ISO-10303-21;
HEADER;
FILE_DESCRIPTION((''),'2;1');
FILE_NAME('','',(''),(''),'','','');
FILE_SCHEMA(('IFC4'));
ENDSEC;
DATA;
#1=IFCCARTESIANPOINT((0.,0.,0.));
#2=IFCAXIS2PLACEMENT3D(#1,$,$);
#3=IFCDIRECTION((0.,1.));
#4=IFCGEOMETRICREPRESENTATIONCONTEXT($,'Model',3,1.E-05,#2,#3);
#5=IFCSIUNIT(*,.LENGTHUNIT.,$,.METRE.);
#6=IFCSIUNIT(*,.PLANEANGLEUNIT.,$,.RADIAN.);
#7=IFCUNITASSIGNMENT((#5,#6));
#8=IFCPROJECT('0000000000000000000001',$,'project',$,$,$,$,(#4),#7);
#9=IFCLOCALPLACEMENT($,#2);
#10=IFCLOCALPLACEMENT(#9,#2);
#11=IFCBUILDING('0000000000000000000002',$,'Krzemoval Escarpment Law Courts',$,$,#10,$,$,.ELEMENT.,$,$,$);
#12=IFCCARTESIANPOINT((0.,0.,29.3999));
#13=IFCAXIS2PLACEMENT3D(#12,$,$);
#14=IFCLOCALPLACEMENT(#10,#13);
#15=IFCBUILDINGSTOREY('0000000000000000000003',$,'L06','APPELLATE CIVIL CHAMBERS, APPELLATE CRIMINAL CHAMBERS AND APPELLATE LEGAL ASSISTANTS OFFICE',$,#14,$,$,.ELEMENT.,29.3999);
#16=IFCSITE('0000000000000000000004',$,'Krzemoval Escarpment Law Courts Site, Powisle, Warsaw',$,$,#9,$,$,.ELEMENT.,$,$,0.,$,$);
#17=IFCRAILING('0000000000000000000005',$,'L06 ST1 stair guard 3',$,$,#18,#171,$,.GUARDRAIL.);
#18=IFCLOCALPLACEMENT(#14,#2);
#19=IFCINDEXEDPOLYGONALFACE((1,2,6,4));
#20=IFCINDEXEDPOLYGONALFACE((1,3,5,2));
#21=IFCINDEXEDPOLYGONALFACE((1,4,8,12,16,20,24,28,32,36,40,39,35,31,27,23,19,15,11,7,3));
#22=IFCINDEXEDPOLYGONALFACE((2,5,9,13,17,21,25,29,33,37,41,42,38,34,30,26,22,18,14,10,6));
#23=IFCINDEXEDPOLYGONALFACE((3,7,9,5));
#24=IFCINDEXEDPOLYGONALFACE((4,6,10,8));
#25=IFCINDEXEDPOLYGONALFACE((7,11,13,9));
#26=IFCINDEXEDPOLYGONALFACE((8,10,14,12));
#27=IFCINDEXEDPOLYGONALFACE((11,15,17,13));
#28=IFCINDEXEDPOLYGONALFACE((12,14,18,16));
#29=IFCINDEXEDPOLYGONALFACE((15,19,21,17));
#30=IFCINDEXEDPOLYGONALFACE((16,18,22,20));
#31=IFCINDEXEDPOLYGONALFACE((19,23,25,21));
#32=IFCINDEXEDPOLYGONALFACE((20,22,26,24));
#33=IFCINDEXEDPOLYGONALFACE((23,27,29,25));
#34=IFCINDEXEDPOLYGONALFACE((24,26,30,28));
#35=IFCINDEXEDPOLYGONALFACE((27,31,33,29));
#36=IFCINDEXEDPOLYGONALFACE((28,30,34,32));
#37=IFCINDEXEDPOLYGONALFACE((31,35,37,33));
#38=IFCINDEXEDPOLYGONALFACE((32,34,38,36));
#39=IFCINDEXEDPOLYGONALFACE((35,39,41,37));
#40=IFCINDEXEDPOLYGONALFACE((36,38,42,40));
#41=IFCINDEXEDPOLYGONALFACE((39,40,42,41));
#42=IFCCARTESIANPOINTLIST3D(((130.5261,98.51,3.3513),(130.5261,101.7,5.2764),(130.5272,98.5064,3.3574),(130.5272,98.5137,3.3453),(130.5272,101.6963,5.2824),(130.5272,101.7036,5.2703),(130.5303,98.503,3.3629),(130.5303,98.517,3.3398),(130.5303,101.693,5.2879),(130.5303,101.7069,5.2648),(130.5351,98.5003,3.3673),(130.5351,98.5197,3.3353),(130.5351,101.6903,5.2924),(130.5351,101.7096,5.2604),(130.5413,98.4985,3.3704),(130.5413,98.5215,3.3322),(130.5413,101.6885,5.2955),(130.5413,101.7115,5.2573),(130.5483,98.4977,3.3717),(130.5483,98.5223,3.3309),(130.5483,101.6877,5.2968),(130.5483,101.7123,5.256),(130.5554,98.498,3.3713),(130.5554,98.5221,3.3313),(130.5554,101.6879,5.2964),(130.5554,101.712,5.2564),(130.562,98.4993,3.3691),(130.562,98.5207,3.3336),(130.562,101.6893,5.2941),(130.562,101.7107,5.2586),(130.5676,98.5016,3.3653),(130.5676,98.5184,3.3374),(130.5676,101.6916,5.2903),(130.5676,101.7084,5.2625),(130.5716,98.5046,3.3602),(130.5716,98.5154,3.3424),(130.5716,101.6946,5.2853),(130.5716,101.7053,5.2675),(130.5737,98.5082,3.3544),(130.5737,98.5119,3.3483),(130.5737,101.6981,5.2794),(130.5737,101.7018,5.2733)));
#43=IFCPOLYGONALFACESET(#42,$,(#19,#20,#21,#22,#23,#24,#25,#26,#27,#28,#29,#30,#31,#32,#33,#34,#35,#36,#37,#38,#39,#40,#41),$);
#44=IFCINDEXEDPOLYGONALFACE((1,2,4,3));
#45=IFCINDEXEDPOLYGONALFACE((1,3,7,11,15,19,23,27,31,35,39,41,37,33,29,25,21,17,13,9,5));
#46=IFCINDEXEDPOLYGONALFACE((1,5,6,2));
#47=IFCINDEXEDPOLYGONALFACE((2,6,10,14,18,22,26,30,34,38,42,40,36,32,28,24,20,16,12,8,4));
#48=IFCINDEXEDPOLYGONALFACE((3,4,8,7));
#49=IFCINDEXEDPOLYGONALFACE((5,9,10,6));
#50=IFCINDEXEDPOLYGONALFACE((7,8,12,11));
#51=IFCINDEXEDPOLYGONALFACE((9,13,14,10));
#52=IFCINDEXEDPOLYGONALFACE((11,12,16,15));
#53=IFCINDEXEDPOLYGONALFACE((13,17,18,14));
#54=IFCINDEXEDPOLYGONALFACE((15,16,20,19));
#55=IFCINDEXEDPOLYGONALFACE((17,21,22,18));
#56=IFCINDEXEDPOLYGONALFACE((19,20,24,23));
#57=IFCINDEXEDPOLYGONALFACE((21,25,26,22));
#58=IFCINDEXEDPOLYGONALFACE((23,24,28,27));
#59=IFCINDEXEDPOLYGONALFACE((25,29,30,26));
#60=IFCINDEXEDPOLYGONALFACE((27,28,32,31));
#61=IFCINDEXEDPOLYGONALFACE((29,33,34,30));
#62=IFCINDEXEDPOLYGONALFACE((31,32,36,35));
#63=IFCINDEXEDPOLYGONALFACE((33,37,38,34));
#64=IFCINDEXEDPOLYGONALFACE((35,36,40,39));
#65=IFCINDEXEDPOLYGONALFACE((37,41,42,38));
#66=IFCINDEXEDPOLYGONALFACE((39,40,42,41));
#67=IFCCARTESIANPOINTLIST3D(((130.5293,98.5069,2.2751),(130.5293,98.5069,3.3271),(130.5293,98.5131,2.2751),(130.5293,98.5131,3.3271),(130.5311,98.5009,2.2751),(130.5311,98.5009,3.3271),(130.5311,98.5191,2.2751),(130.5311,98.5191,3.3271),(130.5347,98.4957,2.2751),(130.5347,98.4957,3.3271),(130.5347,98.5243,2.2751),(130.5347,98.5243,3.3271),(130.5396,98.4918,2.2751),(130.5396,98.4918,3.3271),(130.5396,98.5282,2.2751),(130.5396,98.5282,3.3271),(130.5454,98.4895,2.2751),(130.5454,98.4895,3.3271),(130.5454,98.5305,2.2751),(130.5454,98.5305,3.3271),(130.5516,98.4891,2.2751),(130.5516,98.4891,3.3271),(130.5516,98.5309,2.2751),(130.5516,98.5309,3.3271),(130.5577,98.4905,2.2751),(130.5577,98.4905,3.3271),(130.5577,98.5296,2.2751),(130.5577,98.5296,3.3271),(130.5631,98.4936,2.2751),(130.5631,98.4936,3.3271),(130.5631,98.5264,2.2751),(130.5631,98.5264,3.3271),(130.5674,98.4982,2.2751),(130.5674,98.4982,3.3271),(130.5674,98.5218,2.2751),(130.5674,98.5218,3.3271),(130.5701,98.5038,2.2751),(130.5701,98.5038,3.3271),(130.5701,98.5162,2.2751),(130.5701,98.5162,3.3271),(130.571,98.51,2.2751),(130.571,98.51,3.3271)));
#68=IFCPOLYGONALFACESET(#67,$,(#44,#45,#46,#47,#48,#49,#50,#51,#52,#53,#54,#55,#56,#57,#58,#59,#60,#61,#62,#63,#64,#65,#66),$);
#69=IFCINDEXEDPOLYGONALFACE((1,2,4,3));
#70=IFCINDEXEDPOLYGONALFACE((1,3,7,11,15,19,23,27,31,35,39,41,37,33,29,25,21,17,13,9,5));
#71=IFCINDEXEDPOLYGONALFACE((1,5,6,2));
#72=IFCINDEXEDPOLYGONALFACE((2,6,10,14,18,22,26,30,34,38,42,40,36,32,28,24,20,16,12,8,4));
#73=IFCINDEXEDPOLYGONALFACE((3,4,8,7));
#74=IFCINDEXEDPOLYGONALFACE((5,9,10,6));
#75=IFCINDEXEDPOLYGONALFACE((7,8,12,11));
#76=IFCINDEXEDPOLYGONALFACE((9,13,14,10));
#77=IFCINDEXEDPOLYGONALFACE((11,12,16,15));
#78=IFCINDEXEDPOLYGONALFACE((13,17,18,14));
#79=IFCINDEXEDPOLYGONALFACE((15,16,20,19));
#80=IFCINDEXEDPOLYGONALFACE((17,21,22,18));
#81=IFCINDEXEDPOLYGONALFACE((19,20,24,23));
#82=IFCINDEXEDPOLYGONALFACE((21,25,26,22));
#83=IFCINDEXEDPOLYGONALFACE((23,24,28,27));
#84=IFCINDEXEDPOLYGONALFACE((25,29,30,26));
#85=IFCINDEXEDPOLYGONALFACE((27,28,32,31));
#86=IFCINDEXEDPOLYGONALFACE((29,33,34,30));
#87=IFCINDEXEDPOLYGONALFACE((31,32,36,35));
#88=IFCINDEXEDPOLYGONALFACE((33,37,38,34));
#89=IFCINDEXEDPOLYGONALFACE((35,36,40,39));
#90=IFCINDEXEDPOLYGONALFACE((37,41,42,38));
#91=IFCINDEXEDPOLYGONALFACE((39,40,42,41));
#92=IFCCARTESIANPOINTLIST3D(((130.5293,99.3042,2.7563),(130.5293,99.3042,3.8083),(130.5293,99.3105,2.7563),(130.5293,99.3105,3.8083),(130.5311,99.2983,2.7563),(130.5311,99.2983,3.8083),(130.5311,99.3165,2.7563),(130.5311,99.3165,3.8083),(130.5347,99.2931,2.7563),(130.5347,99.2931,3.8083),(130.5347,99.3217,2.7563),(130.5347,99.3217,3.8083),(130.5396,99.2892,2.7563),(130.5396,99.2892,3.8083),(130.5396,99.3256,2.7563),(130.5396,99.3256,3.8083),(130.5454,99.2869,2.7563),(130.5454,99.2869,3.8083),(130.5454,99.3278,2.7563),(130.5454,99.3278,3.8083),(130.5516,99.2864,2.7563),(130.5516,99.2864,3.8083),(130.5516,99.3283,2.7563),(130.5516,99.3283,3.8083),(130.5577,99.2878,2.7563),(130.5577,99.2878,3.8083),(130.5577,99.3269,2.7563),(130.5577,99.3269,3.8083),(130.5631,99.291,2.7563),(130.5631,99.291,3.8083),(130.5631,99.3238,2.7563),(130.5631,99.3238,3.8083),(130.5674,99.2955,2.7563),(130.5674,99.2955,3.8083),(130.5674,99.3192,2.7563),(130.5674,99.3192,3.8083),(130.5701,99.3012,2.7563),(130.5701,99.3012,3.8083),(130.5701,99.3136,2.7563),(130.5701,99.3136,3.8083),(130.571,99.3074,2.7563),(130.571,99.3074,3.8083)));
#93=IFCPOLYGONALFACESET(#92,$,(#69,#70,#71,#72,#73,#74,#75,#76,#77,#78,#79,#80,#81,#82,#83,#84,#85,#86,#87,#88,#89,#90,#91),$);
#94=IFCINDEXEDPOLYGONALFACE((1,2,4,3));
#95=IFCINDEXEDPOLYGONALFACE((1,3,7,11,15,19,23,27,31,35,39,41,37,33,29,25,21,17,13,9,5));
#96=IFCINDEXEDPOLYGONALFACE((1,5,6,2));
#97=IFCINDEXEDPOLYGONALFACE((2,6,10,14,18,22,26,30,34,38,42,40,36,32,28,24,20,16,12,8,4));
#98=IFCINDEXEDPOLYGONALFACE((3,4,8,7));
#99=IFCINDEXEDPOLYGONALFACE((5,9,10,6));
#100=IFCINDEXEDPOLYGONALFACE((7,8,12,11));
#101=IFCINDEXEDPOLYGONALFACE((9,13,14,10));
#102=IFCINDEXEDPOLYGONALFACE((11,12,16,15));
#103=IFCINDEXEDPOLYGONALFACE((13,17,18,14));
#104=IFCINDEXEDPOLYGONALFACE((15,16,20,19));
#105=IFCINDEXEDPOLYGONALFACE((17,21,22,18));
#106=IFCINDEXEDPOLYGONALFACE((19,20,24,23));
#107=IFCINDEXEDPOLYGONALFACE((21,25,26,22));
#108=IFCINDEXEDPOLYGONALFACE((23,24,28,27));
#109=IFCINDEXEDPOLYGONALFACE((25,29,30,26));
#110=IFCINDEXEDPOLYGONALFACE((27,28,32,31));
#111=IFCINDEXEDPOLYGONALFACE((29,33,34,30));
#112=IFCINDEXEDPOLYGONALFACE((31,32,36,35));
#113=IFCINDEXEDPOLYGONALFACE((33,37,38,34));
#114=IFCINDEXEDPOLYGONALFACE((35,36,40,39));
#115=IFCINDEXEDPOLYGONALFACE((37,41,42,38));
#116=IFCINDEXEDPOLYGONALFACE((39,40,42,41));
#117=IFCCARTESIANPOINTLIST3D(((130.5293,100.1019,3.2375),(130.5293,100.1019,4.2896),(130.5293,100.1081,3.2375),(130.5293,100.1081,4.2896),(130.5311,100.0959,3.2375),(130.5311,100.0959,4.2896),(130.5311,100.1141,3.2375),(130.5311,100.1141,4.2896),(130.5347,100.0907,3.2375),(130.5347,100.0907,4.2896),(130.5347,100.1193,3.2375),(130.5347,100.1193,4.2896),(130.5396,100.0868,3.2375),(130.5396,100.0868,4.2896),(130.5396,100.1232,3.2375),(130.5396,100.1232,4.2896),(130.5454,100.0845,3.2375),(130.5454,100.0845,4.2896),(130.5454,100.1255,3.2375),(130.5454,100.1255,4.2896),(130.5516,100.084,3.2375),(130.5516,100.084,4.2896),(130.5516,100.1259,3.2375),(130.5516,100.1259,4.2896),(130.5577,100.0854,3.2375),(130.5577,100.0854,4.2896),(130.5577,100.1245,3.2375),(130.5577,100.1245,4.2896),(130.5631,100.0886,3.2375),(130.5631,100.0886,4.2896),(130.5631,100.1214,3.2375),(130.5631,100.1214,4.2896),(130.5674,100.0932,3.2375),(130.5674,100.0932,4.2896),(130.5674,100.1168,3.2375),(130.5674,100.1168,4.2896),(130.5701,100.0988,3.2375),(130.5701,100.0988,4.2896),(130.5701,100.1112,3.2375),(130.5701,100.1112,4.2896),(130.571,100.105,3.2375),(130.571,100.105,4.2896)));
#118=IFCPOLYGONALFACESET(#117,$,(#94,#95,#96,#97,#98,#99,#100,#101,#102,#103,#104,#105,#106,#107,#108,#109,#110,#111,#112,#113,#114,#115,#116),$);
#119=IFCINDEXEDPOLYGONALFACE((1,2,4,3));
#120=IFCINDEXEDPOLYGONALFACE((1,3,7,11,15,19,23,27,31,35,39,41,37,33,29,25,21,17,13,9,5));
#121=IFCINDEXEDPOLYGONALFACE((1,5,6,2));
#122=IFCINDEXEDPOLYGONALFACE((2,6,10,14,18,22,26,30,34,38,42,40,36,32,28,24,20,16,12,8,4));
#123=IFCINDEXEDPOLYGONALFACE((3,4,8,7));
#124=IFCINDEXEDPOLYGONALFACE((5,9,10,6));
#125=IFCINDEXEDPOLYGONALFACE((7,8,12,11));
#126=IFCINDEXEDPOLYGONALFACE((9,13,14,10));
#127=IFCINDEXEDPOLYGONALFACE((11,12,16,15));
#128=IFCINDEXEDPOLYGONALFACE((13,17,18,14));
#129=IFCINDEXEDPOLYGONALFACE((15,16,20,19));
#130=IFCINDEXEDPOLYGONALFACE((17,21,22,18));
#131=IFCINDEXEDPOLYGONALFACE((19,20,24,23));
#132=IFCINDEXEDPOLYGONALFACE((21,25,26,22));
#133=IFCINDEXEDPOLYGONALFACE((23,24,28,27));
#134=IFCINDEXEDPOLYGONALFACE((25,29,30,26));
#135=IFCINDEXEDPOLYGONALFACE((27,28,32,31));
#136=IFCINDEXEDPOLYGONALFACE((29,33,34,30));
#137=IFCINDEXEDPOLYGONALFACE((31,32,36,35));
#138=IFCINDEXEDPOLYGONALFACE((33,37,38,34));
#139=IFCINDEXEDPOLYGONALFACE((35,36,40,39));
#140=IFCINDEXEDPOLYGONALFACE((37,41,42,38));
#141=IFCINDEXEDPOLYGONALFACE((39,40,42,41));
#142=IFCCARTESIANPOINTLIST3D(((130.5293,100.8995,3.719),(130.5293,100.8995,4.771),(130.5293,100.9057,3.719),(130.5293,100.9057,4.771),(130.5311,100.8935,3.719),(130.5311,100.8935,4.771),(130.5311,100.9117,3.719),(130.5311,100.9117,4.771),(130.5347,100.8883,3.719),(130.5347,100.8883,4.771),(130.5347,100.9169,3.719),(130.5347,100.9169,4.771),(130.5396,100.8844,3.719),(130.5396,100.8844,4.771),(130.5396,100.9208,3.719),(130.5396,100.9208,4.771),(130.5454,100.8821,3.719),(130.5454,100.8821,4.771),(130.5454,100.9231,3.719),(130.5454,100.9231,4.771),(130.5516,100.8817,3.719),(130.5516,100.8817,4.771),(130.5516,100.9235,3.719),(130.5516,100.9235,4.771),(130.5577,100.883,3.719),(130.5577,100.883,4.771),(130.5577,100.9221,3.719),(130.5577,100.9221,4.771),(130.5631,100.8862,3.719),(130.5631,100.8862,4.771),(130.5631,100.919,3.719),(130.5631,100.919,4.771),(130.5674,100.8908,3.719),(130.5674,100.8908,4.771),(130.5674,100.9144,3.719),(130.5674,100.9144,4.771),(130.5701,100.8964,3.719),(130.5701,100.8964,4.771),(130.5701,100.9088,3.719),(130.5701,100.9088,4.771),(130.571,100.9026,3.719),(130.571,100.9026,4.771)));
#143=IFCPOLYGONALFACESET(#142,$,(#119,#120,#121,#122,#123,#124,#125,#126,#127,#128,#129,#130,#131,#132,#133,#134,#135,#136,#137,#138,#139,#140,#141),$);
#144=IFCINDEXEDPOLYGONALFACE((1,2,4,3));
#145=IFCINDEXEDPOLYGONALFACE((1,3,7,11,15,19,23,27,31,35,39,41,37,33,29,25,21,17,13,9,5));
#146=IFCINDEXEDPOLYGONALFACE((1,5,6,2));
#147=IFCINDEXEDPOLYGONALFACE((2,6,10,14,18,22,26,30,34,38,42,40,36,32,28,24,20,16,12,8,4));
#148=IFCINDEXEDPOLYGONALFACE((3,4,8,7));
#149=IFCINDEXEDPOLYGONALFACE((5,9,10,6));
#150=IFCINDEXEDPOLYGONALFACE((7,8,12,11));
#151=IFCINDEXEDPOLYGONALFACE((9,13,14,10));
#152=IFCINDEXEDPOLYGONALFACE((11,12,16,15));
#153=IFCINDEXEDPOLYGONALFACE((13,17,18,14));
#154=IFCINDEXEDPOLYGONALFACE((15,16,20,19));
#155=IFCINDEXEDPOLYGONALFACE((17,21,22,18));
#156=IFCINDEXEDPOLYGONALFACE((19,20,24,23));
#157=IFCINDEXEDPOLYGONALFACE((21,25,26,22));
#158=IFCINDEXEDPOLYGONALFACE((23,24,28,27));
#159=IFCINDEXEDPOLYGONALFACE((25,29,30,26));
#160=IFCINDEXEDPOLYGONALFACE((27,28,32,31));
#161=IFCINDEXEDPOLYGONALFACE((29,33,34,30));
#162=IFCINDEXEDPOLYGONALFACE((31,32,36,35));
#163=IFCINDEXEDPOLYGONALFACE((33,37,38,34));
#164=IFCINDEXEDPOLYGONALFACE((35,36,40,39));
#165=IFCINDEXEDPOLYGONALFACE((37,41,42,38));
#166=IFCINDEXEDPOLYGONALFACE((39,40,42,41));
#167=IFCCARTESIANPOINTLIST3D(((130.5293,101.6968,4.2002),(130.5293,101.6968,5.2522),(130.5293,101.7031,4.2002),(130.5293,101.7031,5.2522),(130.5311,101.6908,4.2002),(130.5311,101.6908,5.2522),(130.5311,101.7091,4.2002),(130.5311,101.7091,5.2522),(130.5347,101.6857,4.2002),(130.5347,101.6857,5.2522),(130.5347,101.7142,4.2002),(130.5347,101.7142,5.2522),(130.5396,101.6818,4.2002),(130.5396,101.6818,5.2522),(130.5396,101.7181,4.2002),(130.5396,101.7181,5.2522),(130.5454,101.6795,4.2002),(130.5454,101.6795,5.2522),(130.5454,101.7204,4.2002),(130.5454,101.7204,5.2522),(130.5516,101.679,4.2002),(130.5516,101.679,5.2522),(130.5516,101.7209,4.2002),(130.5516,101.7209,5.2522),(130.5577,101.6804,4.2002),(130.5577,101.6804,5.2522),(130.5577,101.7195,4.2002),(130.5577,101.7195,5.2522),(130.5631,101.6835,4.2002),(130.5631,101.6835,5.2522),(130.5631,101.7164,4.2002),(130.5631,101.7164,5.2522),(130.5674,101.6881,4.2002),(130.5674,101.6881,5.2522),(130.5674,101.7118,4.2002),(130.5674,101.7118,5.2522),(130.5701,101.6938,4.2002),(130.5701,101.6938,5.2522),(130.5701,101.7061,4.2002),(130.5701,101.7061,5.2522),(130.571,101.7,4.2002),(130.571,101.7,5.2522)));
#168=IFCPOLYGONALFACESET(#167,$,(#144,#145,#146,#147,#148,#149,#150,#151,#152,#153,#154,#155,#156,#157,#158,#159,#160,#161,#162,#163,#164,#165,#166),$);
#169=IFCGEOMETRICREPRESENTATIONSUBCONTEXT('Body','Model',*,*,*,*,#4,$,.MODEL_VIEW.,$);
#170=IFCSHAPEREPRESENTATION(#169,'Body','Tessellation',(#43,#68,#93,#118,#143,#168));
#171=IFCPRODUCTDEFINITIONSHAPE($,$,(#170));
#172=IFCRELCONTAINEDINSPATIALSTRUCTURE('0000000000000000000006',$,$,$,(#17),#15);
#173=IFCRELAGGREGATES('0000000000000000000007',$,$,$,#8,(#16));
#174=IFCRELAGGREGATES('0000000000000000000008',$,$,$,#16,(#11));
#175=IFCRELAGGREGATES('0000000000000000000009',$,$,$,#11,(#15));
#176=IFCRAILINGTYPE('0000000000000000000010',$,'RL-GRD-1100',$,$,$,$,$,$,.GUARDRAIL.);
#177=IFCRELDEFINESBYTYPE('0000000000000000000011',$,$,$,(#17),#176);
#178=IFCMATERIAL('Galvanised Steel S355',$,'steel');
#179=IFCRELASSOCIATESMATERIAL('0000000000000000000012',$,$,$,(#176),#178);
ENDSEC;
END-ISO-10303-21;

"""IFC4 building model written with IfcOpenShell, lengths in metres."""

from ifc_helpers import new_model, si_unit, direction, frame, origin, origin_2d, place, context, subcontext, project, spatial, circle, extrude, material, type_object, element, save


model = new_model("IFC4")

# Units and contexts
model_context = context("Model", 3, precision=1e-05, world=origin(), true_north=direction((0.0, 1.0)))
body_context = subcontext(model_context, "Body", "Model", "MODEL_VIEW")
ifc_project = project(units=[si_unit("LENGTHUNIT", "METRE"), si_unit("PLANEANGLEUNIT", "RADIAN")], contexts=[model_context])

# Site, building, storey
site_placement = place(None, origin())
site = spatial("IfcSite", under=ifc_project, at=site_placement, Name="Krzemoval Escarpment Law Courts Site, Powisle, Warsaw", CompositionType="ELEMENT", RefElevation=0.0)
building_placement = place(site_placement, origin())
building = spatial("IfcBuilding", under=site, at=building_placement, Name="Krzemoval Escarpment Law Courts", CompositionType="ELEMENT")
storey_placement = place(building_placement, frame((0.0, 0.0, 29.3999)))
storey = spatial("IfcBuildingStorey", under=building, at=storey_placement, Name="L06", Description="APPELLATE CIVIL CHAMBERS, APPELLATE CRIMINAL CHAMBERS AND APPELLATE LEGAL ASSISTANTS OFFICE", CompositionType="ELEMENT", Elevation=29.3999)

# Railing
ifc_material_1 = material(Name="Galvanised Steel S355", Category="steel")
railing_type_1 = type_object("IfcRailingType", Name="RL-GRD-1100", PredefinedType="GUARDRAIL", material=ifc_material_1)
railing_1_placement = place(storey_placement, frame((130.55, 98.51, 2.2751)))
element("IfcRailing", 1, at=railing_1_placement, inside=storey, type_object=railing_type_1, Name="L06 ST1 stair guard 3", PredefinedType="GUARDRAIL", context=body_context, shape_type="SweptSolid", body=[
    extrude(circle(Radius=0.0239, at=origin_2d()), frame((0.0, 0.0, 1.0762), z_axis=(0.0, 0.856178, 0.516682), x_axis=(-1.0, 0.0, 0.0)), (0.0, 0.0, 1.0), 3.7258),
    extrude(circle(Radius=0.021, at=origin_2d()), origin(), (0.0, 0.0, 1.0), 1.052),
    extrude(circle(Radius=0.021, at=origin_2d()), frame((0.0, 0.7974, 0.4812)), (0.0, 0.0, 1.0), 1.052),
    extrude(circle(Radius=0.021, at=origin_2d()), frame((0.0, 1.595, 0.9624)), (0.0, 0.0, 1.0), 1.052),
    extrude(circle(Radius=0.021, at=origin_2d()), frame((0.0, 2.3926, 1.4438)), (0.0, 0.0, 1.0), 1.052),
    extrude(circle(Radius=0.021, at=origin_2d()), frame((0.0, 3.1899, 1.925)), (0.0, 0.0, 1.0), 1.052),
])

save(model, "model.ifc")
